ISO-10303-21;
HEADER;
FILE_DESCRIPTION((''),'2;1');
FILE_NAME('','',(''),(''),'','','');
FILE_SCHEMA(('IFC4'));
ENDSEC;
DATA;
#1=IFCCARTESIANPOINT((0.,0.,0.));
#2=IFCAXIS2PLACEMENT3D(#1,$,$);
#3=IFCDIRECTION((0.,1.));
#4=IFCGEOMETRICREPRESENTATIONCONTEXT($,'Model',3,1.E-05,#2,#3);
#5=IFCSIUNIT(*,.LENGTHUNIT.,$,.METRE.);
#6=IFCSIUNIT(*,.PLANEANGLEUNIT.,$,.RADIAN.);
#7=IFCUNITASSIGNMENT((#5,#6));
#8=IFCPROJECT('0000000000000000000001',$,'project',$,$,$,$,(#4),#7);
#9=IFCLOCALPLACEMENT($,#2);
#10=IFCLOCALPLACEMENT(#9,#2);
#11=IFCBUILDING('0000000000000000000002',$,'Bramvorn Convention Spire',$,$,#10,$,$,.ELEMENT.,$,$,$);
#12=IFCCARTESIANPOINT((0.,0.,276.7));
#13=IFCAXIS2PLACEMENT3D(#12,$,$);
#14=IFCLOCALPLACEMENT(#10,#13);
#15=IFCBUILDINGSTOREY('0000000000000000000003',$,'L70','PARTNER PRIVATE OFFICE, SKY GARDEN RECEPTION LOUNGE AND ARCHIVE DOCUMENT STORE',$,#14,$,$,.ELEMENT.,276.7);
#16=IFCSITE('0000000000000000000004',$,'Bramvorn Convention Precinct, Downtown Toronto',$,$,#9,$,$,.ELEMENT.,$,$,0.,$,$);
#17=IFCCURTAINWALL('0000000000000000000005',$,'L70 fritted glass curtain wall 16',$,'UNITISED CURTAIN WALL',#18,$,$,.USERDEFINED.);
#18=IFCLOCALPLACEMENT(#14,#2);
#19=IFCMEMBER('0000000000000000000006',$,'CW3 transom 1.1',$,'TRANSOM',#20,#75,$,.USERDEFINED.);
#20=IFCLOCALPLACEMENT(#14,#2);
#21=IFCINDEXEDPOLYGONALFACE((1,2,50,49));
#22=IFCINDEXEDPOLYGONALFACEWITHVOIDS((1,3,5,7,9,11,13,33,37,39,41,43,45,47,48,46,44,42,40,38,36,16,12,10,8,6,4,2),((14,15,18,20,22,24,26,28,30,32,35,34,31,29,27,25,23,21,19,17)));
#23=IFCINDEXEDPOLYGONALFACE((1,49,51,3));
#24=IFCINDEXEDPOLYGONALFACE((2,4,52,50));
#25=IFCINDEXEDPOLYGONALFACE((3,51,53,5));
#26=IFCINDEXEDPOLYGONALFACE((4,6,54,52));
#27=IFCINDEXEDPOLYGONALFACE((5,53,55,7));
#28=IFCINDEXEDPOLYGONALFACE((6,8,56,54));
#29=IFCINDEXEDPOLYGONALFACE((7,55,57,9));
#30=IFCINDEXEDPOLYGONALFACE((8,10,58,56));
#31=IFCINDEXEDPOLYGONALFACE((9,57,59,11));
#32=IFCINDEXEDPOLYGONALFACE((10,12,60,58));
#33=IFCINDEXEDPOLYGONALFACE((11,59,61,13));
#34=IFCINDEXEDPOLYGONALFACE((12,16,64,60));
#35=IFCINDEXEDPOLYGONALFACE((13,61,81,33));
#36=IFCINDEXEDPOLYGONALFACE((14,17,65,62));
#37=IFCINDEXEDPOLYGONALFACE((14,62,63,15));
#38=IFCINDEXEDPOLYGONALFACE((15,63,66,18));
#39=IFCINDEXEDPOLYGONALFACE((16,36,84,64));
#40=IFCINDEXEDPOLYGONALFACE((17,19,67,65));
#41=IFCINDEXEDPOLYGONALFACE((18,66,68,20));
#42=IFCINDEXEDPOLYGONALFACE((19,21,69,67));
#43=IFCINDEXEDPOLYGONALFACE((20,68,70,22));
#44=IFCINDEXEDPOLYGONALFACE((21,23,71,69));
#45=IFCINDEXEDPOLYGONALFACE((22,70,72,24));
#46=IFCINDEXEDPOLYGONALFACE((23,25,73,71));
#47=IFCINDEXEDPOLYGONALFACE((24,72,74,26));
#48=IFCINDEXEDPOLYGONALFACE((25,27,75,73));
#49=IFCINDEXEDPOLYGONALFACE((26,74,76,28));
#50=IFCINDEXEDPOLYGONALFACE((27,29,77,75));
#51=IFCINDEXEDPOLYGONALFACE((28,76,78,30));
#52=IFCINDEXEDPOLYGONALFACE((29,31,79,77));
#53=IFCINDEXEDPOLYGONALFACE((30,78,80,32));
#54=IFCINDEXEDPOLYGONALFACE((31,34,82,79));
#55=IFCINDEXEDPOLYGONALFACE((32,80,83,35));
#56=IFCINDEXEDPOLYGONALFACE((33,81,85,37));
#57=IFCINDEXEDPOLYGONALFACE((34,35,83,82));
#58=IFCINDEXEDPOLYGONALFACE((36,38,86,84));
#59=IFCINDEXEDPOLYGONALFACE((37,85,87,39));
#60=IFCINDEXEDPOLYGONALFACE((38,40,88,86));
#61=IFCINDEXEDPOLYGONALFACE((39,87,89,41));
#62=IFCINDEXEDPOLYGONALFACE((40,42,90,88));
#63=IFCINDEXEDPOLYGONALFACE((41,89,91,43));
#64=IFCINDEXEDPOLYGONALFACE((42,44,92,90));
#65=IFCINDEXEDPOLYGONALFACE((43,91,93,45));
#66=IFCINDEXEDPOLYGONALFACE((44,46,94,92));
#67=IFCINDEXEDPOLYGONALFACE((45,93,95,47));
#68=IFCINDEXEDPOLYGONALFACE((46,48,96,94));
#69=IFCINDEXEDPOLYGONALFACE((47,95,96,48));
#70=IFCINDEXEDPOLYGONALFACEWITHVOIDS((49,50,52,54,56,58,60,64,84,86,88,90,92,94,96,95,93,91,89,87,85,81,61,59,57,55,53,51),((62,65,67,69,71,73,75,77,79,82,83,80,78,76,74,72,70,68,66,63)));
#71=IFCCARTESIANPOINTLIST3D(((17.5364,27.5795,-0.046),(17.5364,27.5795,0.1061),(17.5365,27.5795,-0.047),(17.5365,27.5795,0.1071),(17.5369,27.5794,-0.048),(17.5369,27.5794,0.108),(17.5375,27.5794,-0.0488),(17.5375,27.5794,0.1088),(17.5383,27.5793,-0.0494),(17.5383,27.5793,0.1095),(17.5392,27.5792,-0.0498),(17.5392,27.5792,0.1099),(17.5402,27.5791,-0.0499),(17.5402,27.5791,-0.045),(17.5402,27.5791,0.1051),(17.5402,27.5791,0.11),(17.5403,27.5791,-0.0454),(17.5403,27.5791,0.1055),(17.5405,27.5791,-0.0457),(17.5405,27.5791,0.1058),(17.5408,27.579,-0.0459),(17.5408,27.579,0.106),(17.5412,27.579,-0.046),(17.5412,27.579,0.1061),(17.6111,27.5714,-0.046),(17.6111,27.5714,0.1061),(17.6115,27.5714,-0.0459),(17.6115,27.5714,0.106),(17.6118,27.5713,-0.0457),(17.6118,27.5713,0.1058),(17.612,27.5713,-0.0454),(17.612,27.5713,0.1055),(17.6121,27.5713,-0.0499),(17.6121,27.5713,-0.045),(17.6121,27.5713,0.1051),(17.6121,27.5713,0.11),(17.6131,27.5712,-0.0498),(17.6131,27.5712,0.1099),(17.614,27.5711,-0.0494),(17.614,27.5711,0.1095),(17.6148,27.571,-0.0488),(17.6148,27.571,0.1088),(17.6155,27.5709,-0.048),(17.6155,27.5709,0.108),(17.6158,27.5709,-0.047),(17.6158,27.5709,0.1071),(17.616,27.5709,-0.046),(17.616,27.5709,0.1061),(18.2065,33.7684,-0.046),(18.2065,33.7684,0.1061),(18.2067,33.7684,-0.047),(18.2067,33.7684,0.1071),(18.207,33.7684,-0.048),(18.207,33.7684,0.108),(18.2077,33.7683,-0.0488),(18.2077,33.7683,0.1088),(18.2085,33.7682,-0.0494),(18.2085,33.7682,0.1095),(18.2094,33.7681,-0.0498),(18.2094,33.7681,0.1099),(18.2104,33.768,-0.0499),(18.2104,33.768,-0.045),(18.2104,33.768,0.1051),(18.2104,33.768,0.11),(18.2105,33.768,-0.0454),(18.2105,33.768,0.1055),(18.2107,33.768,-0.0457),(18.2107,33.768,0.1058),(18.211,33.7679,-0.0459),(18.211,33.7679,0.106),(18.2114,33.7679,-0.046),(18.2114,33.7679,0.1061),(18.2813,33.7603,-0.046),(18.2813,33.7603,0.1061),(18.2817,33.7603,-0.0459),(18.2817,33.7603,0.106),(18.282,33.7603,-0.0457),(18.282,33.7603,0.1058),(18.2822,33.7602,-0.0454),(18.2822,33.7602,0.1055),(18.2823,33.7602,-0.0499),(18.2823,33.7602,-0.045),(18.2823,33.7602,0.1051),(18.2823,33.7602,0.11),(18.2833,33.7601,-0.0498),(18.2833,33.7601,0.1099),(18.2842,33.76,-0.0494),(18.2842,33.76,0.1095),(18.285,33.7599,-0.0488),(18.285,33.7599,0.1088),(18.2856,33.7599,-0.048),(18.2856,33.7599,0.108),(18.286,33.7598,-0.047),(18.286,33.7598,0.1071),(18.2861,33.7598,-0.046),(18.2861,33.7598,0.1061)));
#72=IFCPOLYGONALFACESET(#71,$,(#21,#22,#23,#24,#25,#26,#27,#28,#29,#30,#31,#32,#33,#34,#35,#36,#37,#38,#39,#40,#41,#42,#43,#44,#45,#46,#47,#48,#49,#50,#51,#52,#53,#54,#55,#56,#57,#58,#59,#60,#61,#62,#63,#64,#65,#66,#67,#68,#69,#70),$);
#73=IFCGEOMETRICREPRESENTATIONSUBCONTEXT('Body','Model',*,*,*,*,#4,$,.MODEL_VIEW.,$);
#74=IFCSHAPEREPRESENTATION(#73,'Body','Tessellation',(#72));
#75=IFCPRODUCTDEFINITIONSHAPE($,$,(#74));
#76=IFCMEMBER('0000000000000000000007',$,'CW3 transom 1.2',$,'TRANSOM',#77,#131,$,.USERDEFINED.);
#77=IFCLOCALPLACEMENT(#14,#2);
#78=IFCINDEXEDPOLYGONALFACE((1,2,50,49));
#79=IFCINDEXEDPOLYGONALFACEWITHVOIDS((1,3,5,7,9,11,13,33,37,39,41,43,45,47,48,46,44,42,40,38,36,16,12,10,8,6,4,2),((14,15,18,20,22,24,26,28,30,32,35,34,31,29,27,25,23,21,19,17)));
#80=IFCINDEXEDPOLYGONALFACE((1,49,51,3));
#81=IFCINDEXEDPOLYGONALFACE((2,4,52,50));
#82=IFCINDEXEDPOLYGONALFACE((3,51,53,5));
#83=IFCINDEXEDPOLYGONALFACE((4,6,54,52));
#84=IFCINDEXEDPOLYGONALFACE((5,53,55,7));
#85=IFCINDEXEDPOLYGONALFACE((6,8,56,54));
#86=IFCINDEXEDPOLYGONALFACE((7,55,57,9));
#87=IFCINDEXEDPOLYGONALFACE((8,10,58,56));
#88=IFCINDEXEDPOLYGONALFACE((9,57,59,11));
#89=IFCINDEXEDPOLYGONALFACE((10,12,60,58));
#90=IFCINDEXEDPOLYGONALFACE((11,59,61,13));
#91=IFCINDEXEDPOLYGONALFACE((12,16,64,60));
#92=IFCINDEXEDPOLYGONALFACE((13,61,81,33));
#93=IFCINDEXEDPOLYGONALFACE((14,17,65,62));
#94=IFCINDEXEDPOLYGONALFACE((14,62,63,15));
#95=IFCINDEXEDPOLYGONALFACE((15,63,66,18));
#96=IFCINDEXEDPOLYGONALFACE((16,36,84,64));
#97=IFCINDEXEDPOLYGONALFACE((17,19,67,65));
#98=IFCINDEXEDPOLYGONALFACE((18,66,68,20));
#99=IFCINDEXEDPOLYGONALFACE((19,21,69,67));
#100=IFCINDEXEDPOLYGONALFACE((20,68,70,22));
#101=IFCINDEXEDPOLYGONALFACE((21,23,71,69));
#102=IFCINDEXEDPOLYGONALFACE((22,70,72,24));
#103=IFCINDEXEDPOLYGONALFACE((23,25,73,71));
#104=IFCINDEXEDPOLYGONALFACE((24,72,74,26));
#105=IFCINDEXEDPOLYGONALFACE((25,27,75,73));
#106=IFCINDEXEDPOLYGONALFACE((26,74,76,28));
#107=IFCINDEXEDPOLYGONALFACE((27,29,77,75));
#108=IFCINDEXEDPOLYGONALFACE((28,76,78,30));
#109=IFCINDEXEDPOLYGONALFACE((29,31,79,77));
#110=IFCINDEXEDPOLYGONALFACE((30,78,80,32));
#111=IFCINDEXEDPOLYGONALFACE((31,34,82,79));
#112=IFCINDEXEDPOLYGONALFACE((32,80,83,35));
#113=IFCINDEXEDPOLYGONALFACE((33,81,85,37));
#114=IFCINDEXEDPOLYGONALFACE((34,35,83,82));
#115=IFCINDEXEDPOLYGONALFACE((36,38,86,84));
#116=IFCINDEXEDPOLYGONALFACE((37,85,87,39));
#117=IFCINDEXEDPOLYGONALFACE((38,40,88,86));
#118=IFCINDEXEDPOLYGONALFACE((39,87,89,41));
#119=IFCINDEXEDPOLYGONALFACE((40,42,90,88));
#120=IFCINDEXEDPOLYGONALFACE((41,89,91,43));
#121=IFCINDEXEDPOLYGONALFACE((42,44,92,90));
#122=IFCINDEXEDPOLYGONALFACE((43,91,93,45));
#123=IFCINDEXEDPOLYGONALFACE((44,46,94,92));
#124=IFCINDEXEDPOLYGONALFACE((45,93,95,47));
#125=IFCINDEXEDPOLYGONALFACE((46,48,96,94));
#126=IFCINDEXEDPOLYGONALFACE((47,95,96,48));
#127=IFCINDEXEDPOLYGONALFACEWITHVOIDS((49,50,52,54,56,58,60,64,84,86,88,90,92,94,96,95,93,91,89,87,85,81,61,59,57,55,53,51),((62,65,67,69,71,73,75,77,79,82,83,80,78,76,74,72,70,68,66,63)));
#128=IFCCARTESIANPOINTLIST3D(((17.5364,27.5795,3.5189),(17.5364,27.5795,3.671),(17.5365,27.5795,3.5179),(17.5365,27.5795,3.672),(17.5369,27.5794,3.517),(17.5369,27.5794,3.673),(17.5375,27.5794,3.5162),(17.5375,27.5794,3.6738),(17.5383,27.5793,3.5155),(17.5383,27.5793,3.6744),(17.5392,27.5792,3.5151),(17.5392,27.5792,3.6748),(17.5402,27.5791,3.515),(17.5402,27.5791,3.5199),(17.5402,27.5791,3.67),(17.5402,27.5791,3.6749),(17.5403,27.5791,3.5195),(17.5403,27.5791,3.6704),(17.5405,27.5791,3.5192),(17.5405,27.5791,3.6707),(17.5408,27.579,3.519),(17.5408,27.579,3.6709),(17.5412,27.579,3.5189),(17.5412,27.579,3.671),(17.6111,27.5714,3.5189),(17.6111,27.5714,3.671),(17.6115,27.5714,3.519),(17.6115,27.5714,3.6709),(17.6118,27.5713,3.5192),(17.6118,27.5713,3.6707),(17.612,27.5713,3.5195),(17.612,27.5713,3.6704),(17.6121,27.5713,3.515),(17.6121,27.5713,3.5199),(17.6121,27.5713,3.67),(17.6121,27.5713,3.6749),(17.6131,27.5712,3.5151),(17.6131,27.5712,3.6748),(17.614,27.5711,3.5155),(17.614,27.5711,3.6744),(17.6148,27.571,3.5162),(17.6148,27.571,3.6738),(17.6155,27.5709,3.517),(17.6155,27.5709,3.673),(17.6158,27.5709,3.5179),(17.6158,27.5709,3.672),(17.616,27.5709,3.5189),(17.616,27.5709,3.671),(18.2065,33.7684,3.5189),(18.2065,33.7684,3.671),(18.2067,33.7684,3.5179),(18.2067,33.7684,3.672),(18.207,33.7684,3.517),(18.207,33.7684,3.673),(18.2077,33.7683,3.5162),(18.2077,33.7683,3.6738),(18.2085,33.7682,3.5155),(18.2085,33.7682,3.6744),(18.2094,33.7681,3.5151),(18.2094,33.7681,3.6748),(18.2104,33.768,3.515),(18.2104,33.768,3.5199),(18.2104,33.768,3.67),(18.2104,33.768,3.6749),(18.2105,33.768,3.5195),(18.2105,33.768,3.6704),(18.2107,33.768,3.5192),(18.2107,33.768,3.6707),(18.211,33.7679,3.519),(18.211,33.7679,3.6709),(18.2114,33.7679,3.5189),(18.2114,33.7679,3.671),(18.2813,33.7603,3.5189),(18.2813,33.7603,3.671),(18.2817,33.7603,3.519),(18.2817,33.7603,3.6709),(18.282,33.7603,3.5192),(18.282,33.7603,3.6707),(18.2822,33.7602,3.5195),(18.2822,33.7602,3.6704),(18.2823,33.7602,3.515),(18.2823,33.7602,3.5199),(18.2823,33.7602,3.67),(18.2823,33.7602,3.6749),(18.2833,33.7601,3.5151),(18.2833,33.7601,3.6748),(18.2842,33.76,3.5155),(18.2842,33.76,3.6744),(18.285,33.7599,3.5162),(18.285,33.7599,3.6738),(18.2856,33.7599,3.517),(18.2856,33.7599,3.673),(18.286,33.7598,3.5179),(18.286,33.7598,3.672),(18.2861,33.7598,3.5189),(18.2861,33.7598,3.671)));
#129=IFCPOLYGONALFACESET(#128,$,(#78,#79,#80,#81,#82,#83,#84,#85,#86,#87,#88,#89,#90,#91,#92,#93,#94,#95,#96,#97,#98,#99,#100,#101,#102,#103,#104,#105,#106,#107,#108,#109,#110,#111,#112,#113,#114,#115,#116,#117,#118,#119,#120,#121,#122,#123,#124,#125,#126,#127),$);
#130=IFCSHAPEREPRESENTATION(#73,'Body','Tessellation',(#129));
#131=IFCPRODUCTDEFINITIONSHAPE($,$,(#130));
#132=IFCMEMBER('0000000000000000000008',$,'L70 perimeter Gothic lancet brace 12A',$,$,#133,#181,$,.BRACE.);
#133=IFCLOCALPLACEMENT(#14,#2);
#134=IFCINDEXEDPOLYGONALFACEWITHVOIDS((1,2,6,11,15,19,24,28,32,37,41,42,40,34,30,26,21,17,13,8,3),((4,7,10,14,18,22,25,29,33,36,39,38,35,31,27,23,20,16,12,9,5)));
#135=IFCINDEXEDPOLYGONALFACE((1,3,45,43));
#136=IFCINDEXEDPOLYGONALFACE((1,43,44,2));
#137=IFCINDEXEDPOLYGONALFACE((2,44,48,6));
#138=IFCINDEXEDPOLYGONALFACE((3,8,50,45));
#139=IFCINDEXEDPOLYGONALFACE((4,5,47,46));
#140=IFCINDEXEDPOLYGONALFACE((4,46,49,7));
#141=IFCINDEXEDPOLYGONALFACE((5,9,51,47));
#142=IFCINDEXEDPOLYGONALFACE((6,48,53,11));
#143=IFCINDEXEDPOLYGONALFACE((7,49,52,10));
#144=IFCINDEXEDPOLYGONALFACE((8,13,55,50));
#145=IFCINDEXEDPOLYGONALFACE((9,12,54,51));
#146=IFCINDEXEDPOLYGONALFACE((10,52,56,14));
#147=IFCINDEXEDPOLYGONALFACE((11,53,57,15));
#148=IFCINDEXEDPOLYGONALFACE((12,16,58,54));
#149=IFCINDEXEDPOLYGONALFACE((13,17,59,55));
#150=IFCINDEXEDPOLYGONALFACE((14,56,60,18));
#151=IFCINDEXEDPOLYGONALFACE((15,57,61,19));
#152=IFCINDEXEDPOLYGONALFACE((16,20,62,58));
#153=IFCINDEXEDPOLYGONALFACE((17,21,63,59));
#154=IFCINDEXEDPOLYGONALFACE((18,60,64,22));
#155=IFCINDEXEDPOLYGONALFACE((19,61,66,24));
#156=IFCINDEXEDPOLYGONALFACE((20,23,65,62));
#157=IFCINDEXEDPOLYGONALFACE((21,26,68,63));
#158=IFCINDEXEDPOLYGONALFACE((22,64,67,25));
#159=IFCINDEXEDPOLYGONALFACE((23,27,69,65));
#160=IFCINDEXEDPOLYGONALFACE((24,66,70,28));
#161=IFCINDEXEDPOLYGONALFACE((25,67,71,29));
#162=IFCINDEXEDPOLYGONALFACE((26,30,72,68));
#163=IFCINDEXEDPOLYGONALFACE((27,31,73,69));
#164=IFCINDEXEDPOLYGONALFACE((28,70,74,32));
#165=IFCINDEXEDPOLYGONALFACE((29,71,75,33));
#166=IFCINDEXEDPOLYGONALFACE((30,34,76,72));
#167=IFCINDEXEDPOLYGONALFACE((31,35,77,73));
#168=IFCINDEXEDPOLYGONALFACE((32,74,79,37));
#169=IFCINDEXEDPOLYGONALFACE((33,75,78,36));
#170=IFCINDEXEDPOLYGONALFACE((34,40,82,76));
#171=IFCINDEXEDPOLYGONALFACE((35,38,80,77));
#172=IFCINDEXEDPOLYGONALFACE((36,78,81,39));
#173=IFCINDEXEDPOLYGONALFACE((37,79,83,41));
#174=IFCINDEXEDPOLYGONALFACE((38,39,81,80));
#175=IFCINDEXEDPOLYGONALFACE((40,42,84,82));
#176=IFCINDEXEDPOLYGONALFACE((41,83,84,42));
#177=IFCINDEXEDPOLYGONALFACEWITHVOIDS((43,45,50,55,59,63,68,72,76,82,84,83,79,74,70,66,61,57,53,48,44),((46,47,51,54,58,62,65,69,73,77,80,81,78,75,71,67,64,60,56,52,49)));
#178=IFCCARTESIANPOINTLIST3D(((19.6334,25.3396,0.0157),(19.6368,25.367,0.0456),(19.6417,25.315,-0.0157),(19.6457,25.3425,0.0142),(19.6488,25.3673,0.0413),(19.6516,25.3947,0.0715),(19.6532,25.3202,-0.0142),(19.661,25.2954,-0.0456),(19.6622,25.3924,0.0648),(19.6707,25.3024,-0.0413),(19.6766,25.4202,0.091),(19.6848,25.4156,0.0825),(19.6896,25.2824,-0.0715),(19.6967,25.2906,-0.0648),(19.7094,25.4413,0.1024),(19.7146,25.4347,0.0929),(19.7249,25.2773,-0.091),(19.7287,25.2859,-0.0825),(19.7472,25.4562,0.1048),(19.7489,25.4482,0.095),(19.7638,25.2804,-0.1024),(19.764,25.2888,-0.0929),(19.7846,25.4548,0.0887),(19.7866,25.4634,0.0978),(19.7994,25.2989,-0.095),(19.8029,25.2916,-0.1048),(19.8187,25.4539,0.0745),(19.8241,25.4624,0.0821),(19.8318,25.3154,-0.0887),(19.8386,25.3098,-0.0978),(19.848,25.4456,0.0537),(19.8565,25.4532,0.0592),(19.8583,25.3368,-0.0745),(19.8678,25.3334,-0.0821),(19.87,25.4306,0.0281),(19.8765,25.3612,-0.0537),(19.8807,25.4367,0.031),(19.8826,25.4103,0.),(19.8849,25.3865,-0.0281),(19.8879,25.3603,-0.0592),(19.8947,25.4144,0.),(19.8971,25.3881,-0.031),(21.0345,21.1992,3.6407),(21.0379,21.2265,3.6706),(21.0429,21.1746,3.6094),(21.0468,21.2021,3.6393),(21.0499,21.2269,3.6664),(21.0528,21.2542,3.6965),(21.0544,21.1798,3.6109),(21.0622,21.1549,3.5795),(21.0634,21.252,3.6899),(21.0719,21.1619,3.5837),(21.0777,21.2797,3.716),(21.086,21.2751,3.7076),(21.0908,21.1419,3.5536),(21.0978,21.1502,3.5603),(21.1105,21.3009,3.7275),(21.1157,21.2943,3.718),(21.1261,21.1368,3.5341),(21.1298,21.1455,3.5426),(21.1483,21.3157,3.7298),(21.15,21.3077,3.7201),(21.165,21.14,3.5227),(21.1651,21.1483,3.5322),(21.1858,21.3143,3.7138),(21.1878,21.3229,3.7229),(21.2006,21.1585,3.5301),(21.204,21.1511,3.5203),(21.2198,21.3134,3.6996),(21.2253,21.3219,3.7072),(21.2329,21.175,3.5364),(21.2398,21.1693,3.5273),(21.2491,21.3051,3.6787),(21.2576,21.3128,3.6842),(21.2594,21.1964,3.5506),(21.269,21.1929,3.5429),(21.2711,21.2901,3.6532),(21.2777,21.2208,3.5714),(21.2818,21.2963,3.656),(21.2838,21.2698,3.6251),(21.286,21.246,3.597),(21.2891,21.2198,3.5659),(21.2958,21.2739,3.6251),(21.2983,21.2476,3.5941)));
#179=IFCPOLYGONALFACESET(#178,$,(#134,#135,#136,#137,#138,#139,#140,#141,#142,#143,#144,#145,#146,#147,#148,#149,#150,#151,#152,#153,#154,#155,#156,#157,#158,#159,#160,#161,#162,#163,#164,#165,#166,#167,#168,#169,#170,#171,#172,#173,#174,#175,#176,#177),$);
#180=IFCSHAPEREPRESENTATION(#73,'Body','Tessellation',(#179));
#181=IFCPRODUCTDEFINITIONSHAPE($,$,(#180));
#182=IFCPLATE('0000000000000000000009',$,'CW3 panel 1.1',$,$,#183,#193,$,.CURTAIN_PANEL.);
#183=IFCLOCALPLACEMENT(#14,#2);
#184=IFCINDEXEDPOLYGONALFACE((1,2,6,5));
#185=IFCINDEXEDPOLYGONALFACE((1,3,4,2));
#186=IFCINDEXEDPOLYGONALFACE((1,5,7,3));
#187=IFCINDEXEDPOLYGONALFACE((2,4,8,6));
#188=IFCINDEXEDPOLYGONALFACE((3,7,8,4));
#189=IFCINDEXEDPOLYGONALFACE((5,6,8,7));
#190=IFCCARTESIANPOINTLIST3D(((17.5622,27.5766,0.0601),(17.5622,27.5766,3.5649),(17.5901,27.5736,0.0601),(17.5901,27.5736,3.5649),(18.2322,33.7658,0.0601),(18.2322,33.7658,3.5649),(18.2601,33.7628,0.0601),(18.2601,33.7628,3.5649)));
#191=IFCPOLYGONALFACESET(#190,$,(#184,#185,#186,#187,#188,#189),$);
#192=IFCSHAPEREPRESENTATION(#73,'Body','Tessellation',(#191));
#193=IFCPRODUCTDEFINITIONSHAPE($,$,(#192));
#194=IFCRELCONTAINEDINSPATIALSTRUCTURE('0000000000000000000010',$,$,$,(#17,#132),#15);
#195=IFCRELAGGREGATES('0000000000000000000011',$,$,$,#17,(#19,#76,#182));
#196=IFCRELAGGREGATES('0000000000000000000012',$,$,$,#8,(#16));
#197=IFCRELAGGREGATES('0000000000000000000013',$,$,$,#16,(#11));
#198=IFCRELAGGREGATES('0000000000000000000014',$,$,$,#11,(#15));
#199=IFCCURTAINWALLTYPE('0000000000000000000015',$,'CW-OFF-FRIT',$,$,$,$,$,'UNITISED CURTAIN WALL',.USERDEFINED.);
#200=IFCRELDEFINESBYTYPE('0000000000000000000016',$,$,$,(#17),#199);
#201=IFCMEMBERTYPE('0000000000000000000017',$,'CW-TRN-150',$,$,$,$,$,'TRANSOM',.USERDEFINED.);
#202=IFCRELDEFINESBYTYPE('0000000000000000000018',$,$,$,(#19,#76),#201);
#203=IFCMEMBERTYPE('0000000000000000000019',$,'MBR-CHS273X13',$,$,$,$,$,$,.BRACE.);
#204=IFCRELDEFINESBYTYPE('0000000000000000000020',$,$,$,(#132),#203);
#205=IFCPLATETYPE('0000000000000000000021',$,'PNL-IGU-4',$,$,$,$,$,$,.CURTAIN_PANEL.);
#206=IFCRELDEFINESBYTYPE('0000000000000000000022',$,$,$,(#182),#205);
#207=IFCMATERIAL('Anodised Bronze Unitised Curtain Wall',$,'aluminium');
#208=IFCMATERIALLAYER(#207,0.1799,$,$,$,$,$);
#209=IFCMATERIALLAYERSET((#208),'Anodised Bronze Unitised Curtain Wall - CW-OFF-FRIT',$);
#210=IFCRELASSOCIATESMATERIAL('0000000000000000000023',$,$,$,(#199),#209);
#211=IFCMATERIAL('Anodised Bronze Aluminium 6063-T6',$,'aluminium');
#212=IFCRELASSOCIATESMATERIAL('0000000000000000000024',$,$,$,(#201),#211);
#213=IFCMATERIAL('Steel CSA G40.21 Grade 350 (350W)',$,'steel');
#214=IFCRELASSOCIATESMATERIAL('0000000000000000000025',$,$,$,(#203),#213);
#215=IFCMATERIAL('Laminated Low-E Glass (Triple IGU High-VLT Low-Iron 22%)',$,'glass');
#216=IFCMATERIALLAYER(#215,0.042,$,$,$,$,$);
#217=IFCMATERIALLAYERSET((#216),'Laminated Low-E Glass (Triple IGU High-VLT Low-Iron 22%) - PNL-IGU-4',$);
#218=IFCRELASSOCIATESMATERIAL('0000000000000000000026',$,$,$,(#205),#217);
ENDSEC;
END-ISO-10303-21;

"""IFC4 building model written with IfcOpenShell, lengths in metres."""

from ifc_helpers import new_model, si_unit, direction, frame, origin, origin_2d, place, context, subcontext, project, spatial, rectangle, hollow_rectangle, hollow_circle, extrude, material, layer, layer_set, material_profile, profile_set, type_object, element, aggregate, save


model = new_model("IFC4")

# Units and contexts
model_context = context("Model", 3, precision=1e-05, world=origin(), true_north=direction((0.0, 1.0)))
body_context = subcontext(model_context, "Body", "Model", "MODEL_VIEW")
ifc_project = project(units=[si_unit("LENGTHUNIT", "METRE"), si_unit("PLANEANGLEUNIT", "RADIAN")], contexts=[model_context])

# Site, building, storey
site_placement = place(None, origin())
site = spatial("IfcSite", under=ifc_project, at=site_placement, Name="Bramvorn Convention Precinct, Downtown Toronto", CompositionType="ELEMENT", RefElevation=0.0)
building_placement = place(site_placement, origin())
building = spatial("IfcBuilding", under=site, at=building_placement, Name="Bramvorn Convention Spire", CompositionType="ELEMENT")
storey_placement = place(building_placement, frame((0.0, 0.0, 276.7)))
storey = spatial("IfcBuildingStorey", under=building, at=storey_placement, Name="L70", Description="PARTNER PRIVATE OFFICE, SKY GARDEN RECEPTION LOUNGE AND ARCHIVE DOCUMENT STORE", CompositionType="ELEMENT", Elevation=276.7)

# Shared definitions
ifc_material_1 = material(Name="Steel CSA G40.21 Grade 350 (350W)", Category="steel")

# Curtain wall, members
ifc_material_2 = material(Name="Anodised Bronze Unitised Curtain Wall", Category="aluminium")
ifc_layer_1 = layer(ifc_material_2, 0.1799)
ifc_layer_set_1 = layer_set([ifc_layer_1], Name="Anodised Bronze Unitised Curtain Wall - CW-OFF-FRIT")
curtain_wall_type = type_object("IfcCurtainWallType", Name="CW-OFF-FRIT", ElementType="UNITISED CURTAIN WALL", PredefinedType="USERDEFINED", material=ifc_layer_set_1)
curtain_wall_placement = place(storey_placement, origin())
curtain_wall = element("IfcCurtainWall", 1, at=curtain_wall_placement, inside=storey, type_object=curtain_wall_type, Name="L70 fritted glass curtain wall 16", ObjectType="UNITISED CURTAIN WALL", PredefinedType="USERDEFINED")
ifc_material_3 = material(Name="Anodised Bronze Aluminium 6063-T6", Category="aluminium")
ifc_material_profile_1 = material_profile(ifc_material_3, hollow_rectangle(XDim=0.0801, YDim=0.1599, WallThickness=0.0039, InnerFilletRadius=0.001, OuterFilletRadius=0.0039, at=origin_2d()))
ifc_profile_set_1 = profile_set([ifc_material_profile_1], Name="Anodised Bronze Aluminium 6063-T6 - CWT80X160")
member_type_1 = type_object("IfcMemberType", Name="CW-TRN-150", ElementType="TRANSOM", PredefinedType="USERDEFINED", material=ifc_profile_set_1)
member_1_placement = place(storey_placement, frame((17.5762, 27.5752, 0.03), z_axis=(0.107655, 0.994188, 0.0), x_axis=(-0.994188, 0.107655, 0.0)))
member_1 = element("IfcMember", 2, at=member_1_placement, type_object=member_type_1, Name="CW3 transom 1.1", ObjectType="TRANSOM", PredefinedType="USERDEFINED", context=body_context, shape_type="SweptSolid", body=[
    extrude(hollow_rectangle(XDim=0.0801, YDim=0.1599, WallThickness=0.0039, InnerFilletRadius=0.001, OuterFilletRadius=0.0039, at=origin_2d()), origin(), (0.0, 0.0, 1.0), 6.2251),
])
member_2_placement = place(storey_placement, frame((17.5762, 27.5752, 3.595), z_axis=(0.107655, 0.994188, 0.0), x_axis=(-0.994188, 0.107655, 0.0)))
member_2 = element("IfcMember", 3, at=member_2_placement, type_object=member_type_1, Name="CW3 transom 1.2", ObjectType="TRANSOM", PredefinedType="USERDEFINED", context=body_context, shape_type="SweptSolid", body=[
    extrude(hollow_rectangle(XDim=0.0801, YDim=0.1599, WallThickness=0.0039, InnerFilletRadius=0.001, OuterFilletRadius=0.0039, at=origin_2d()), origin(), (0.0, 0.0, 1.0), 6.2251),
])

# Member
ifc_material_profile_2 = material_profile(ifc_material_1, hollow_circle(Radius=0.1365, WallThickness=0.0127, at=origin_2d()))
ifc_profile_set_2 = profile_set([ifc_material_profile_2], Name="Steel CSA G40.21 Grade 350 (350W) - CHS273X13")
member_type_2 = type_object("IfcMemberType", Name="MBR-CHS273X13", PredefinedType="BRACE", material=ifc_profile_set_2)
member_3_placement = place(storey_placement, frame((19.7654, 25.3706, 0.0), z_axis=(0.246737, -0.72912, 0.638361), x_axis=(0.947232, 0.320548, 0.0)))
element("IfcMember", 4, at=member_3_placement, inside=storey, type_object=member_type_2, Name="L70 perimeter Gothic lancet brace 12A", PredefinedType="BRACE", context=body_context, shape_type="SweptSolid", body=[
    extrude(hollow_circle(Radius=0.1365, WallThickness=0.0127, at=origin_2d()), origin(), (0.0, 0.0, 1.0), 5.6787),
])

# Plate
ifc_material_4 = material(Name="Laminated Low-E Glass (Triple IGU High-VLT Low-Iron 22%)", Category="glass")
ifc_layer_2 = layer(ifc_material_4, 0.042)
ifc_layer_set_2 = layer_set([ifc_layer_2], Name="Laminated Low-E Glass (Triple IGU High-VLT Low-Iron 22%) - PNL-IGU-4")
plate_type = type_object("IfcPlateType", Name="PNL-IGU-4", PredefinedType="CURTAIN_PANEL", material=ifc_layer_set_2)
plate_placement = place(storey_placement, frame((17.9111, 30.6697, 0.0601), z_axis=(0.0, 0.0, 1.0), x_axis=(0.107624, 0.994192, 0.0)))
plate = element("IfcPlate", 5, at=plate_placement, type_object=plate_type, Name="CW3 panel 1.1", PredefinedType="CURTAIN_PANEL", context=body_context, shape_type="SweptSolid", body=[
    extrude(rectangle(XDim=6.2253, YDim=0.0281, at=origin_2d()), origin(), (0.0, 0.0, 1.0), 3.5049),
])
aggregate(curtain_wall, [member_1, member_2, plate])

save(model, "model.ifc")
